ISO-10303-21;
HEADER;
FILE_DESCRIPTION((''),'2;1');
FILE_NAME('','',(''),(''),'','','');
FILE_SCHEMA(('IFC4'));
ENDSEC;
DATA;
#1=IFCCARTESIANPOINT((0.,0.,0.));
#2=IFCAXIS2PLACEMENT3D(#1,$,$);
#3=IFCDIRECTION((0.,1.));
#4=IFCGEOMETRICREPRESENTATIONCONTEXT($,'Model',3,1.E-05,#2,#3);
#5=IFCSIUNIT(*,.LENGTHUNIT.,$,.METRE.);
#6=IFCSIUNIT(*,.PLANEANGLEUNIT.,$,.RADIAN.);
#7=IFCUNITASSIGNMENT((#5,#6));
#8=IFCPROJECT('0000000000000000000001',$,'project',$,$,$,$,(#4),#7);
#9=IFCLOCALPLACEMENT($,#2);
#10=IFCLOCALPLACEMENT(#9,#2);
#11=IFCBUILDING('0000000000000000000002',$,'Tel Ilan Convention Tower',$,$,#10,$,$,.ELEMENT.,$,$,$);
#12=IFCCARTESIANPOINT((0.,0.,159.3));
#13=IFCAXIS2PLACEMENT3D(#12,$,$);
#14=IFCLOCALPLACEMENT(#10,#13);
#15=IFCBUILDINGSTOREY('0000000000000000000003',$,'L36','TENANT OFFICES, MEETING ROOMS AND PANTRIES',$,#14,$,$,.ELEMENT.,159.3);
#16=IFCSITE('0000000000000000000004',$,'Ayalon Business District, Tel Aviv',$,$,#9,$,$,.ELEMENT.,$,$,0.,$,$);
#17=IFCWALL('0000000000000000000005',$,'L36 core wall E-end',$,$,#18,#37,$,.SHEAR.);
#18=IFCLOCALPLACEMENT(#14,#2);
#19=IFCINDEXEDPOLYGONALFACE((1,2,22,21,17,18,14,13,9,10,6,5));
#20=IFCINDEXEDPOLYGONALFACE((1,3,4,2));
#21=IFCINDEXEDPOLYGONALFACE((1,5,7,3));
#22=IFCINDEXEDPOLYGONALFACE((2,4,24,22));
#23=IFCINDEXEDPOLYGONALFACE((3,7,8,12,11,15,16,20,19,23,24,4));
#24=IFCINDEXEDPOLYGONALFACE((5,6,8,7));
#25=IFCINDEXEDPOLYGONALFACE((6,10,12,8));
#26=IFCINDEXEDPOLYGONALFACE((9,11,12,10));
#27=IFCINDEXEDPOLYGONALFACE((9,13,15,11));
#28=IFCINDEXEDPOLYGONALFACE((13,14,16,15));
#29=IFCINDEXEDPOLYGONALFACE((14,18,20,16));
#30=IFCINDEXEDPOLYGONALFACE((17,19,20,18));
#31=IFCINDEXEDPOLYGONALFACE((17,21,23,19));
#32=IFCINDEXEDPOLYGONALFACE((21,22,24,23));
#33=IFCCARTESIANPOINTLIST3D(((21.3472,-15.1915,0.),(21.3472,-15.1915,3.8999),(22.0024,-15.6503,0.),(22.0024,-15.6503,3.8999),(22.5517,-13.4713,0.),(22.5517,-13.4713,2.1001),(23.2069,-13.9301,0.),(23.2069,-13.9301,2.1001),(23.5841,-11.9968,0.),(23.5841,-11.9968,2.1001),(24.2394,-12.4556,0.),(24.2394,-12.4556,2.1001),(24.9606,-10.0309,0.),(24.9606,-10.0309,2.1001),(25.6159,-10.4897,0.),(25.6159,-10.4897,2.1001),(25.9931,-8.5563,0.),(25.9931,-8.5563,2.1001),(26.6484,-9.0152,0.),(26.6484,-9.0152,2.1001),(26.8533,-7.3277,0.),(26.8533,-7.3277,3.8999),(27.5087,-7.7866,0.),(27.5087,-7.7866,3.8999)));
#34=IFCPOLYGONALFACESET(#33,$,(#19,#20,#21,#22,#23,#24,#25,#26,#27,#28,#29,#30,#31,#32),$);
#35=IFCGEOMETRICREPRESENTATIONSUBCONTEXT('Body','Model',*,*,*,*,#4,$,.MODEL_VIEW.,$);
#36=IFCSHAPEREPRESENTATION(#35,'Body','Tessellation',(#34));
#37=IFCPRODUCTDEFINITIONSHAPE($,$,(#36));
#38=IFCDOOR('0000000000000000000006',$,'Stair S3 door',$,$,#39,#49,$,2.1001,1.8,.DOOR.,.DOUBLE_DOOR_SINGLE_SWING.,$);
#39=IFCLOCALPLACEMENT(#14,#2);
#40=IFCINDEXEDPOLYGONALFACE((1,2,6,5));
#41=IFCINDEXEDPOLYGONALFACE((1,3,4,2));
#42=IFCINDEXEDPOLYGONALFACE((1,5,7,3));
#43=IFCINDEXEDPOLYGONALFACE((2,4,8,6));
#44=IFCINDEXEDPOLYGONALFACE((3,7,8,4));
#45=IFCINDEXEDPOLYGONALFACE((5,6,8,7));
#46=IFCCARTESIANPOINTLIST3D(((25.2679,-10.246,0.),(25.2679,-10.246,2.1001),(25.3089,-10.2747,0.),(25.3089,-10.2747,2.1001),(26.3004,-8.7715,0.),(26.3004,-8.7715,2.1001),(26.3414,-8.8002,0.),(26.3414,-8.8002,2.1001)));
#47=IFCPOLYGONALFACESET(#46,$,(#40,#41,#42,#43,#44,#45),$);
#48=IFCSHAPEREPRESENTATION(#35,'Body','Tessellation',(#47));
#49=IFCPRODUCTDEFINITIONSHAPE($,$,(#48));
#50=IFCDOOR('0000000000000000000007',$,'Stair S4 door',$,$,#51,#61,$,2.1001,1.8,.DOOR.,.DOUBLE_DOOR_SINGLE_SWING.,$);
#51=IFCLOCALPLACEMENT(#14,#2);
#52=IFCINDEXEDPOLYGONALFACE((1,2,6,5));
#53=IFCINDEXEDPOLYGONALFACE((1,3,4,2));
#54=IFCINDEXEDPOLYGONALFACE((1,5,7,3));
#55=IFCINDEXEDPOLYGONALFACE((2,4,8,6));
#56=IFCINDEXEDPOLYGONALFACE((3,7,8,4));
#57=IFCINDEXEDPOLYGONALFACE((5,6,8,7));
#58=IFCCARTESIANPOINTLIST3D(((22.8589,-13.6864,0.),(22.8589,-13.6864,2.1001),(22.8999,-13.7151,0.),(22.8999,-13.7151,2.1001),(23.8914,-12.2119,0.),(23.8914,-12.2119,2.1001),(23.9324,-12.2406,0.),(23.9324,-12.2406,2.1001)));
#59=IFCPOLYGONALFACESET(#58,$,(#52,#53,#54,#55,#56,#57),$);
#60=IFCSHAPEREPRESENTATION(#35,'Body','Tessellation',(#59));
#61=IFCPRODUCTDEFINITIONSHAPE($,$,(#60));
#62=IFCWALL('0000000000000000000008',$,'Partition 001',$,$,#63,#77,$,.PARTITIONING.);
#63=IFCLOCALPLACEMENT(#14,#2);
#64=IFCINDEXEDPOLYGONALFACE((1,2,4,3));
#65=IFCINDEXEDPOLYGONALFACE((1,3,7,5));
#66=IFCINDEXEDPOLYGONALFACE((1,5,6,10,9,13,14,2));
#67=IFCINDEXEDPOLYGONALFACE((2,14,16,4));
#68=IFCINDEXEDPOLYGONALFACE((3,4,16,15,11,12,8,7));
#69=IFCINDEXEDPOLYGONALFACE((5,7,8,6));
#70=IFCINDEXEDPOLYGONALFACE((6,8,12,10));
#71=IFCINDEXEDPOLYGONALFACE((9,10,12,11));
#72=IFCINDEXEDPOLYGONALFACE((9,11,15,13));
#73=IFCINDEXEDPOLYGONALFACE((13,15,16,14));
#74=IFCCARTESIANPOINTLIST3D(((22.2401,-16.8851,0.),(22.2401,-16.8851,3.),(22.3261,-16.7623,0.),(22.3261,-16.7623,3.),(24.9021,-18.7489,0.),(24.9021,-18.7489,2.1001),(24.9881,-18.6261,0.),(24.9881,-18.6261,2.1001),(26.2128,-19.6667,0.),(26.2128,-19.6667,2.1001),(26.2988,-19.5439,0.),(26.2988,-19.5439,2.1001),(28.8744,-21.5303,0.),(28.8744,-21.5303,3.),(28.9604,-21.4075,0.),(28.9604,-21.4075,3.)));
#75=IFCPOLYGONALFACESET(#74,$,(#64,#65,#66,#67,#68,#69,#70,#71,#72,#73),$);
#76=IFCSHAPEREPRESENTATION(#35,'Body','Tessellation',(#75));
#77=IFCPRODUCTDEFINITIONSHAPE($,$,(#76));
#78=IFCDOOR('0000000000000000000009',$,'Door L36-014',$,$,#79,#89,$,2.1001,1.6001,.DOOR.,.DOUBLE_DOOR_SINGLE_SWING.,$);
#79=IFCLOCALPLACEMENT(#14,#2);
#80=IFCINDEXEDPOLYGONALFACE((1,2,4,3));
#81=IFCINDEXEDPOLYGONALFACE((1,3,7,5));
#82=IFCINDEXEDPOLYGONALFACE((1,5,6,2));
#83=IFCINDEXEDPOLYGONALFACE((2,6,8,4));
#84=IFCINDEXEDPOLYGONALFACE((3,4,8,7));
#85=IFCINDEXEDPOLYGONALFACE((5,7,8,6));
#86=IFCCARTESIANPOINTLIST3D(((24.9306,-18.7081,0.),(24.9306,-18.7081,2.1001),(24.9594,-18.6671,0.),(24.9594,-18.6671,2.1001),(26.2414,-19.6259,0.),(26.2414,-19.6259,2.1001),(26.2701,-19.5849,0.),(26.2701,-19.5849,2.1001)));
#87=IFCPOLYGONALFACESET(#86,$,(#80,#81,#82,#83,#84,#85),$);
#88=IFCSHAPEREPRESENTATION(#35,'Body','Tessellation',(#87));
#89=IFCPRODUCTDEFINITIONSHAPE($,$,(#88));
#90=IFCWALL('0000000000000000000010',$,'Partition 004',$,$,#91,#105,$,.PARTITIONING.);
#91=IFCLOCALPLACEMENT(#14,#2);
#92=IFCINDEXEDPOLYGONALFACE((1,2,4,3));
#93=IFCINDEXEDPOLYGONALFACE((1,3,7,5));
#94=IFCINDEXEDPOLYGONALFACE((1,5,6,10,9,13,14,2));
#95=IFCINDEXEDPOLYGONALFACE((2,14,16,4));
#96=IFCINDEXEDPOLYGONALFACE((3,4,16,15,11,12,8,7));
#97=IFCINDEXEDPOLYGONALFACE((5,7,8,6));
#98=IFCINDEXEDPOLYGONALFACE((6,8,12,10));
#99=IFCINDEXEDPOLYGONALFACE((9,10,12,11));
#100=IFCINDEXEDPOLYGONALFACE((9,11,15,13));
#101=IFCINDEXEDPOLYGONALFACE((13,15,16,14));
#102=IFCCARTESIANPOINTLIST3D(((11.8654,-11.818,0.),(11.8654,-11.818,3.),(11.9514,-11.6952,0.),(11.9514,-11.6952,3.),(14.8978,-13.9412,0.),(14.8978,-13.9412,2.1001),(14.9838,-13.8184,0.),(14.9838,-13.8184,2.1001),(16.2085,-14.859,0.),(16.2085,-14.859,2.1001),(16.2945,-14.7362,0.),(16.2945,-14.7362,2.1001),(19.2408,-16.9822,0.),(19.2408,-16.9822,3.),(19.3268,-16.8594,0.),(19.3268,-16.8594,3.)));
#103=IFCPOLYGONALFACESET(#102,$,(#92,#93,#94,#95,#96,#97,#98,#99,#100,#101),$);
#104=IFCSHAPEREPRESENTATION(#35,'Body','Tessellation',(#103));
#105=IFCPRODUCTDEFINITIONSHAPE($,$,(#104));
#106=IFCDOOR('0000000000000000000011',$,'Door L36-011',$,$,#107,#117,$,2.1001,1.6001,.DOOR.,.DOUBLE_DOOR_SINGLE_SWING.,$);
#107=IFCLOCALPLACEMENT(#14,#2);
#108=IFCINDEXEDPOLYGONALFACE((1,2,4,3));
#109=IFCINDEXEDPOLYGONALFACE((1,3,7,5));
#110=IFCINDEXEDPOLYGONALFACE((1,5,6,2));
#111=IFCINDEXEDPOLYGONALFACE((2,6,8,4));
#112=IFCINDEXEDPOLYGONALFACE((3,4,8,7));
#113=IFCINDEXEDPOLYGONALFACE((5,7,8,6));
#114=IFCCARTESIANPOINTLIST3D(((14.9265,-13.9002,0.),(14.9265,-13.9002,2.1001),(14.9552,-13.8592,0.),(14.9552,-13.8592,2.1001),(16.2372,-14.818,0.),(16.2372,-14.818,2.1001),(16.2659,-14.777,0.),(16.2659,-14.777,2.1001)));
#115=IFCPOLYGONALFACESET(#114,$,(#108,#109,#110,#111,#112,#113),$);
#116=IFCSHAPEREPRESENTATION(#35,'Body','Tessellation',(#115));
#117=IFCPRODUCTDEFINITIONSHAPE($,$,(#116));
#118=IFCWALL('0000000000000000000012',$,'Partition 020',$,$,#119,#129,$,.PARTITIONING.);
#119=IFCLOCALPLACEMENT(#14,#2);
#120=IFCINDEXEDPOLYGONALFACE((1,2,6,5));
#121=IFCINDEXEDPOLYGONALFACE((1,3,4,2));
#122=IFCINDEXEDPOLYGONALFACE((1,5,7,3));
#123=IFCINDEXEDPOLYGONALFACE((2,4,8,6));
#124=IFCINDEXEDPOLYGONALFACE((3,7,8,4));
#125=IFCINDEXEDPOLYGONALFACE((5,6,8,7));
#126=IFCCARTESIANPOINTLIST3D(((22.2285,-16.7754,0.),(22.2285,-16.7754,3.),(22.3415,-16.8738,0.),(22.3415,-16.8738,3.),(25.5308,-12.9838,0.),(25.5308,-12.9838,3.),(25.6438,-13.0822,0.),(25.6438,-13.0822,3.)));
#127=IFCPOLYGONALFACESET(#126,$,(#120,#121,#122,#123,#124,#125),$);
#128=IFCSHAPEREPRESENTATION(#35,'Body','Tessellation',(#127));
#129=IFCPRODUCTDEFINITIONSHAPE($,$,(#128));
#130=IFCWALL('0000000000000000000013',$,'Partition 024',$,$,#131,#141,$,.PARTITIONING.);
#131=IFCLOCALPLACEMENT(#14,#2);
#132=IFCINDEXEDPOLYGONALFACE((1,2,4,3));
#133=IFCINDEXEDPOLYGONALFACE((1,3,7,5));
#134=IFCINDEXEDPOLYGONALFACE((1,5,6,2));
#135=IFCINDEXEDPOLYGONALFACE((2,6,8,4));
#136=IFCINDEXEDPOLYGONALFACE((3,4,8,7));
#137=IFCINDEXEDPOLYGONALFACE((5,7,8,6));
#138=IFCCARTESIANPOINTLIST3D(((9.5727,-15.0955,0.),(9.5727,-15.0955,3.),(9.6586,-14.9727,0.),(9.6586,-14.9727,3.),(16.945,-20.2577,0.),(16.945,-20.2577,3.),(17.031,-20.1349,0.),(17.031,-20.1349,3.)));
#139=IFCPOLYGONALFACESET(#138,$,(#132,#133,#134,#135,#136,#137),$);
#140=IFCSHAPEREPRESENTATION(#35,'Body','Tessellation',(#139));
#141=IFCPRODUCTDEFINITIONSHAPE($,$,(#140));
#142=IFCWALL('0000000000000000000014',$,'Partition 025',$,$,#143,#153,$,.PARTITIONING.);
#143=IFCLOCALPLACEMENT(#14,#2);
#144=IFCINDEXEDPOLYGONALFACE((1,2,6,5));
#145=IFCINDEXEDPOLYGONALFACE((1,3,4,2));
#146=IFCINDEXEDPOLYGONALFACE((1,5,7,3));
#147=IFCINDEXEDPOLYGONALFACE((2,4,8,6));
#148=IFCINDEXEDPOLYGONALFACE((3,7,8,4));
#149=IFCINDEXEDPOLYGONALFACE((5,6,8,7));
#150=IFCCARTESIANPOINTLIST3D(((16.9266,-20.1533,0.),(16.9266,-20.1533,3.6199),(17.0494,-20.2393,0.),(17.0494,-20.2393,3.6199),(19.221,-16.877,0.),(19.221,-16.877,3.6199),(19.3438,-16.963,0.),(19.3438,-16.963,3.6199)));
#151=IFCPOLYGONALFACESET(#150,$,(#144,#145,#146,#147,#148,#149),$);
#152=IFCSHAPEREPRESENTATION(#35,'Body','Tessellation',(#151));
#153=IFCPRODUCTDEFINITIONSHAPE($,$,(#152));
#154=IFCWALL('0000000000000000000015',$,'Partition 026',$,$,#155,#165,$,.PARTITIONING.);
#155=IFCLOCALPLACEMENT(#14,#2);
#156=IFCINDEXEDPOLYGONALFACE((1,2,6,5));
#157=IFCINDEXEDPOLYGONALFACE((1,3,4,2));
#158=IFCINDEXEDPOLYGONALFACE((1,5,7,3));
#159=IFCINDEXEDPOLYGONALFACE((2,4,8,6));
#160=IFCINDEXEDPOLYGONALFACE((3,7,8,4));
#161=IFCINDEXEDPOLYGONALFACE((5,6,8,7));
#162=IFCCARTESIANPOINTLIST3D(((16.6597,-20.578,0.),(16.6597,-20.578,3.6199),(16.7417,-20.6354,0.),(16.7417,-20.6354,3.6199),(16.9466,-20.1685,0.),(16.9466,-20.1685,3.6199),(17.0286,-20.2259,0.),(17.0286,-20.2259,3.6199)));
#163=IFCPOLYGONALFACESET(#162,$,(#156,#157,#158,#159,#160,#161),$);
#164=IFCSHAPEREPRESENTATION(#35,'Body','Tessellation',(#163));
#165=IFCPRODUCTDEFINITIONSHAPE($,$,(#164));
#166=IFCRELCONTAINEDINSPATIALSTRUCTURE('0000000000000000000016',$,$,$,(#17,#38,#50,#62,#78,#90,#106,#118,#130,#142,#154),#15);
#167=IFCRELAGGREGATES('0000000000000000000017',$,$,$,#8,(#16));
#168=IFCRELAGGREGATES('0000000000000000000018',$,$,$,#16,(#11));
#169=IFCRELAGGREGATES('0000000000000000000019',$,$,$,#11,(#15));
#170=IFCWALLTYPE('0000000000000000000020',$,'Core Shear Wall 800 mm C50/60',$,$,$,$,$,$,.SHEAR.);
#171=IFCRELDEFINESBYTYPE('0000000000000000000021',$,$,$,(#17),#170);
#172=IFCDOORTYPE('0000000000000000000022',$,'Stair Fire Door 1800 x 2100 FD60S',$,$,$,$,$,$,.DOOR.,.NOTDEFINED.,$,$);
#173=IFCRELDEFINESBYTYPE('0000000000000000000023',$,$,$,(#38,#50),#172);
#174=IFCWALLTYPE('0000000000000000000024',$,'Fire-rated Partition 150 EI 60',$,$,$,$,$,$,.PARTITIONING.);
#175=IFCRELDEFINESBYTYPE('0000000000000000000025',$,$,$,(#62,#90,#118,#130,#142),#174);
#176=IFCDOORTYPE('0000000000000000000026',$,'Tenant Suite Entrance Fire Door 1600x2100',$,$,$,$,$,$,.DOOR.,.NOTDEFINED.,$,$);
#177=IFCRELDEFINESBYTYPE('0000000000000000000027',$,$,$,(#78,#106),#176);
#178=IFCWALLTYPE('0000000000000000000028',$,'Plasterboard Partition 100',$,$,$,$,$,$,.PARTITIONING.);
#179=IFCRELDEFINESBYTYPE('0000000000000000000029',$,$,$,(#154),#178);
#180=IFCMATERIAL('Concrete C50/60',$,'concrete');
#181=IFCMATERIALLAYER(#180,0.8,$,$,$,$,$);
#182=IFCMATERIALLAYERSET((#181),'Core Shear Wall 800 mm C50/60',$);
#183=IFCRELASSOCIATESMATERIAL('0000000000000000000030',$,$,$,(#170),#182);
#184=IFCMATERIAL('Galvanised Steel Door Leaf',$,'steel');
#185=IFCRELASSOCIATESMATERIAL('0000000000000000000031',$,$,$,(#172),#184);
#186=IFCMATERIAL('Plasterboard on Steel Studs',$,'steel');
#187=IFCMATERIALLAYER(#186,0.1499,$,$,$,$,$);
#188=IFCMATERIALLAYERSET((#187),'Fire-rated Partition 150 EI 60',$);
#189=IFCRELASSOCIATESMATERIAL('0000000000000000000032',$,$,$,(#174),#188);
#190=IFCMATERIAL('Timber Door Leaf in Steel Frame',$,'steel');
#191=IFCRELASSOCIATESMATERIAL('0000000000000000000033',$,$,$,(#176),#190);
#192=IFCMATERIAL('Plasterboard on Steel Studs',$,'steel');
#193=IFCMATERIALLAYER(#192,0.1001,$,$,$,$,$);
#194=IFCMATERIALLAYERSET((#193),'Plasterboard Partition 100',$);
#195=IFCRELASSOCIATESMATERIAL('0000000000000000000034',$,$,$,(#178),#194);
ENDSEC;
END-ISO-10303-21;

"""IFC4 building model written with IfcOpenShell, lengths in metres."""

from ifc_helpers import new_model, si_unit, direction, frame, frame_2d, origin, place, context, subcontext, project, spatial, polyline, rectangle, outline, extrude, material, layer, layer_set, type_object, element, fill, save


model = new_model("IFC4")

# Units and contexts
model_context = context("Model", 3, precision=1e-05, world=origin(), true_north=direction((0.0, 1.0)))
body_context = subcontext(model_context, "Body", "Model", "MODEL_VIEW")
ifc_project = project(units=[si_unit("LENGTHUNIT", "METRE"), si_unit("PLANEANGLEUNIT", "RADIAN")], contexts=[model_context])

# Site, building, storey
site_placement = place(None, origin())
site = spatial("IfcSite", under=ifc_project, at=site_placement, Name="Ayalon Business District, Tel Aviv", CompositionType="ELEMENT", RefElevation=0.0)
building_placement = place(site_placement, origin())
building = spatial("IfcBuilding", under=site, at=building_placement, Name="Tel Ilan Convention Tower", CompositionType="ELEMENT")
storey_placement = place(building_placement, frame((0.0, 0.0, 159.3)))
storey = spatial("IfcBuildingStorey", under=building, at=storey_placement, Name="L36", Description="TENANT OFFICES, MEETING ROOMS AND PANTRIES", CompositionType="ELEMENT", Elevation=159.3)

# Wall, openings, doors
ifc_material_1 = material(Name="Concrete C50/60", Category="concrete")
ifc_layer_1 = layer(ifc_material_1, 0.8)
ifc_layer_set_1 = layer_set([ifc_layer_1], Name="Core Shear Wall 800 mm C50/60")
wall_type_1 = type_object("IfcWallType", Name="Core Shear Wall 800 mm C50/60", PredefinedType="SHEAR", material=ifc_layer_set_1)
wall_1_placement = place(storey_placement, frame((21.6748, -15.4209, 0.0), z_axis=(0.0, 0.0, 1.0), x_axis=(0.573582, 0.819148, 0.0)))
wall_1 = element("IfcWall", 1, at=wall_1_placement, inside=storey, type_object=wall_type_1, Name="L36 core wall E-end", PredefinedType="SHEAR", context=body_context, shape_type="SweptSolid", body=[
    extrude(outline(polyline([(9.5999, 0.4001), (0.0, 0.3999), (0.0, -0.3999), (9.5999, -0.3999), (9.5999, 0.4001)])), origin(), (0.0, 0.0, 1.0), 3.8999),
])
opening_1_placement = place(wall_1_placement, frame((6.3, 0.0, 0.0)))
opening_1 = element("IfcOpeningElement", 2, at=opening_1_placement, cuts=wall_1, PredefinedType="OPENING", context=body_context, shape_type="SweptSolid", body=[
    extrude(rectangle(XDim=1.8, YDim=2.1001, at=frame_2d((0.8999, 1.05))), frame((0.0, 0.4099, 0.0), z_axis=(0.0, -1.0, 0.0), x_axis=(1.0, 0.0, 0.0)), (0.0, 0.0, 1.0), 0.8201),
])
opening_2_placement = place(wall_1_placement, frame((2.1001, 0.0, 0.0)))
opening_2 = element("IfcOpeningElement", 3, at=opening_2_placement, cuts=wall_1, PredefinedType="OPENING", context=body_context, shape_type="SweptSolid", body=[
    extrude(rectangle(XDim=1.8, YDim=2.1001, at=frame_2d((0.8999, 1.05))), frame((0.0, 0.4099, 0.0), z_axis=(0.0, -1.0, 0.0), x_axis=(1.0, 0.0, 0.0)), (0.0, 0.0, 1.0), 0.8201),
])
ifc_material_2 = material(Name="Galvanised Steel Door Leaf", Category="steel")
door_type_1 = type_object("IfcDoorType", Name="Stair Fire Door 1800 x 2100 FD60S", OperationType="NOTDEFINED", PredefinedType="DOOR", material=ifc_material_2)
door_1_placement = place(opening_1_placement, origin())
door_1 = element("IfcDoor", 4, at=door_1_placement, inside=storey, type_object=door_type_1, Name="Stair S3 door", OperationType="DOUBLE_DOOR_SINGLE_SWING", OverallHeight=2.1001, OverallWidth=1.8, PredefinedType="DOOR", context=body_context, shape_type="SweptSolid", body=[
    extrude(rectangle(XDim=1.8, YDim=2.1001, at=frame_2d((0.8999, 1.05))), frame((0.0, 0.0249, 0.0), z_axis=(0.0, -1.0, 0.0), x_axis=(1.0, 0.0, 0.0)), (0.0, 0.0, 1.0), 0.05),
])
fill(opening_1, door_1)
door_2_placement = place(opening_2_placement, origin())
door_2 = element("IfcDoor", 5, at=door_2_placement, inside=storey, type_object=door_type_1, Name="Stair S4 door", OperationType="DOUBLE_DOOR_SINGLE_SWING", OverallHeight=2.1001, OverallWidth=1.8, PredefinedType="DOOR", context=body_context, shape_type="SweptSolid", body=[
    extrude(rectangle(XDim=1.8, YDim=2.1001, at=frame_2d((0.8999, 1.05))), frame((0.0, 0.0249, 0.0), z_axis=(0.0, -1.0, 0.0), x_axis=(1.0, 0.0, 0.0)), (0.0, 0.0, 1.0), 0.05),
])
fill(opening_2, door_2)

# Walls, openings, doors
ifc_material_3 = material(Name="Plasterboard on Steel Studs", Category="steel")
ifc_layer_2 = layer(ifc_material_3, 0.1499)
ifc_layer_set_2 = layer_set([ifc_layer_2], Name="Fire-rated Partition 150 EI 60")
wall_type_2 = type_object("IfcWallType", Name="Fire-rated Partition 150 EI 60", PredefinedType="PARTITIONING", material=ifc_layer_set_2)
wall_2_placement = place(storey_placement, frame((22.2832, -16.8237, 0.0), z_axis=(0.0, 0.0, 1.0), x_axis=(0.819158, -0.573568, 0.0)))
wall_2 = element("IfcWall", 6, at=wall_2_placement, inside=storey, type_object=wall_type_2, Name="Partition 001", PredefinedType="PARTITIONING", context=body_context, shape_type="SweptSolid", body=[
    extrude(rectangle(XDim=8.0989, YDim=0.1499, at=frame_2d((4.0493, 0.0))), origin(), (0.0, 0.0, 1.0), 3.0),
])
opening_3_placement = place(wall_2_placement, frame((3.2495, 0.0, 0.0)))
opening_3 = element("IfcOpeningElement", 7, at=opening_3_placement, cuts=wall_2, PredefinedType="OPENING", context=body_context, shape_type="SweptSolid", body=[
    extrude(rectangle(XDim=1.6001, YDim=2.1001, at=frame_2d((0.8, 1.05))), frame((0.0, 0.085, 0.0), z_axis=(0.0, -1.0, 0.0), x_axis=(1.0, 0.0, 0.0)), (0.0, 0.0, 1.0), 0.1699),
])
ifc_material_4 = material(Name="Timber Door Leaf in Steel Frame", Category="steel")
door_type_2 = type_object("IfcDoorType", Name="Tenant Suite Entrance Fire Door 1600x2100", OperationType="NOTDEFINED", PredefinedType="DOOR", material=ifc_material_4)
door_3_placement = place(opening_3_placement, origin())
door_3 = element("IfcDoor", 8, at=door_3_placement, inside=storey, type_object=door_type_2, Name="Door L36-014", OperationType="DOUBLE_DOOR_SINGLE_SWING", OverallHeight=2.1001, OverallWidth=1.6001, PredefinedType="DOOR", context=body_context, shape_type="SweptSolid", body=[
    extrude(rectangle(XDim=1.6001, YDim=2.1001, at=frame_2d((0.8, 1.05))), frame((0.0, 0.0249, 0.0), z_axis=(0.0, -1.0, 0.0), x_axis=(1.0, 0.0, 0.0)), (0.0, 0.0, 1.0), 0.05),
])
fill(opening_3, door_3)
wall_3_placement = place(storey_placement, frame((19.2839, -16.9209, 0.0), z_axis=(0.0, 0.0, 1.0), x_axis=(-0.819155, 0.573572, 0.0)))
wall_3 = element("IfcWall", 9, at=wall_3_placement, inside=storey, type_object=wall_type_2, Name="Partition 004", PredefinedType="PARTITIONING", context=body_context, shape_type="SweptSolid", body=[
    extrude(rectangle(XDim=9.0037, YDim=0.1499, at=frame_2d((4.502, 0.0))), origin(), (0.0, 0.0, 1.0), 3.0),
])
opening_4_placement = place(wall_3_placement, frame((3.7019, 0.0, 0.0)))
opening_4 = element("IfcOpeningElement", 10, at=opening_4_placement, cuts=wall_3, PredefinedType="OPENING", context=body_context, shape_type="SweptSolid", body=[
    extrude(rectangle(XDim=1.6001, YDim=2.1001, at=frame_2d((0.8, 1.05))), frame((0.0, 0.085, 0.0), z_axis=(0.0, -1.0, 0.0), x_axis=(1.0, 0.0, 0.0)), (0.0, 0.0, 1.0), 0.1699),
])
door_4_placement = place(opening_4_placement, origin())
door_4 = element("IfcDoor", 11, at=door_4_placement, inside=storey, type_object=door_type_2, Name="Door L36-011", OperationType="DOUBLE_DOOR_SINGLE_SWING", OverallHeight=2.1001, OverallWidth=1.6001, PredefinedType="DOOR", context=body_context, shape_type="SweptSolid", body=[
    extrude(rectangle(XDim=1.6001, YDim=2.1001, at=frame_2d((0.8, 1.05))), frame((0.0, 0.0249, 0.0), z_axis=(0.0, -1.0, 0.0), x_axis=(1.0, 0.0, 0.0)), (0.0, 0.0, 1.0), 0.05),
])
fill(opening_4, door_4)

# Walls
wall_4_placement = place(storey_placement, frame((22.2849, -16.8247, 0.0), z_axis=(0.0, 0.0, 1.0), x_axis=(0.656777, 0.754085, 0.0)))
element("IfcWall", 12, at=wall_4_placement, inside=storey, type_object=wall_type_2, Name="Partition 020", PredefinedType="PARTITIONING", context=body_context, shape_type="SweptSolid", body=[
    extrude(rectangle(XDim=5.0281, YDim=0.1499, at=frame_2d((2.5142, 0.0))), origin(), (0.0, 0.0, 1.0), 3.0),
])
wall_5_placement = place(storey_placement, frame((16.988, -20.1963, 0.0), z_axis=(0.0, 0.0, 1.0), x_axis=(-0.819154, 0.573573, 0.0)))
element("IfcWall", 13, at=wall_5_placement, inside=storey, type_object=wall_type_2, Name="Partition 024", PredefinedType="PARTITIONING", context=body_context, shape_type="SweptSolid", body=[
    extrude(rectangle(XDim=9.0, YDim=0.1499, at=frame_2d((4.5, 0.0))), origin(), (0.0, 0.0, 1.0), 3.0),
])
wall_6_placement = place(storey_placement, frame((19.2825, -16.9199, 0.0), z_axis=(0.0, 0.0, 1.0), x_axis=(-0.573626, -0.819117, 0.0)))
element("IfcWall", 14, at=wall_6_placement, inside=storey, type_object=wall_type_2, Name="Partition 025", PredefinedType="PARTITIONING", context=body_context, shape_type="SweptSolid", body=[
    extrude(rectangle(XDim=3.9998, YDim=0.1499, at=frame_2d((2.0, 0.0))), origin(), (0.0, 0.0, 1.0), 3.6199),
])
ifc_material_5 = material(Name="Plasterboard on Steel Studs", Category="steel")
ifc_layer_3 = layer(ifc_material_5, 0.1001)
ifc_layer_set_3 = layer_set([ifc_layer_3], Name="Plasterboard Partition 100")
wall_type_3 = type_object("IfcWallType", Name="Plasterboard Partition 100", PredefinedType="PARTITIONING", material=ifc_layer_set_3)
wall_7_placement = place(storey_placement, frame((16.7007, -20.6067, 0.0), z_axis=(0.0, 0.0, 1.0), x_axis=(0.573823, 0.818979, 0.0)))
element("IfcWall", 15, at=wall_7_placement, inside=storey, type_object=wall_type_3, Name="Partition 026", PredefinedType="PARTITIONING", context=body_context, shape_type="SweptSolid", body=[
    extrude(rectangle(XDim=0.5, YDim=0.1001, at=frame_2d((0.25, 0.0))), origin(), (0.0, 0.0, 1.0), 3.6199),
])

save(model, "model.ifc")
